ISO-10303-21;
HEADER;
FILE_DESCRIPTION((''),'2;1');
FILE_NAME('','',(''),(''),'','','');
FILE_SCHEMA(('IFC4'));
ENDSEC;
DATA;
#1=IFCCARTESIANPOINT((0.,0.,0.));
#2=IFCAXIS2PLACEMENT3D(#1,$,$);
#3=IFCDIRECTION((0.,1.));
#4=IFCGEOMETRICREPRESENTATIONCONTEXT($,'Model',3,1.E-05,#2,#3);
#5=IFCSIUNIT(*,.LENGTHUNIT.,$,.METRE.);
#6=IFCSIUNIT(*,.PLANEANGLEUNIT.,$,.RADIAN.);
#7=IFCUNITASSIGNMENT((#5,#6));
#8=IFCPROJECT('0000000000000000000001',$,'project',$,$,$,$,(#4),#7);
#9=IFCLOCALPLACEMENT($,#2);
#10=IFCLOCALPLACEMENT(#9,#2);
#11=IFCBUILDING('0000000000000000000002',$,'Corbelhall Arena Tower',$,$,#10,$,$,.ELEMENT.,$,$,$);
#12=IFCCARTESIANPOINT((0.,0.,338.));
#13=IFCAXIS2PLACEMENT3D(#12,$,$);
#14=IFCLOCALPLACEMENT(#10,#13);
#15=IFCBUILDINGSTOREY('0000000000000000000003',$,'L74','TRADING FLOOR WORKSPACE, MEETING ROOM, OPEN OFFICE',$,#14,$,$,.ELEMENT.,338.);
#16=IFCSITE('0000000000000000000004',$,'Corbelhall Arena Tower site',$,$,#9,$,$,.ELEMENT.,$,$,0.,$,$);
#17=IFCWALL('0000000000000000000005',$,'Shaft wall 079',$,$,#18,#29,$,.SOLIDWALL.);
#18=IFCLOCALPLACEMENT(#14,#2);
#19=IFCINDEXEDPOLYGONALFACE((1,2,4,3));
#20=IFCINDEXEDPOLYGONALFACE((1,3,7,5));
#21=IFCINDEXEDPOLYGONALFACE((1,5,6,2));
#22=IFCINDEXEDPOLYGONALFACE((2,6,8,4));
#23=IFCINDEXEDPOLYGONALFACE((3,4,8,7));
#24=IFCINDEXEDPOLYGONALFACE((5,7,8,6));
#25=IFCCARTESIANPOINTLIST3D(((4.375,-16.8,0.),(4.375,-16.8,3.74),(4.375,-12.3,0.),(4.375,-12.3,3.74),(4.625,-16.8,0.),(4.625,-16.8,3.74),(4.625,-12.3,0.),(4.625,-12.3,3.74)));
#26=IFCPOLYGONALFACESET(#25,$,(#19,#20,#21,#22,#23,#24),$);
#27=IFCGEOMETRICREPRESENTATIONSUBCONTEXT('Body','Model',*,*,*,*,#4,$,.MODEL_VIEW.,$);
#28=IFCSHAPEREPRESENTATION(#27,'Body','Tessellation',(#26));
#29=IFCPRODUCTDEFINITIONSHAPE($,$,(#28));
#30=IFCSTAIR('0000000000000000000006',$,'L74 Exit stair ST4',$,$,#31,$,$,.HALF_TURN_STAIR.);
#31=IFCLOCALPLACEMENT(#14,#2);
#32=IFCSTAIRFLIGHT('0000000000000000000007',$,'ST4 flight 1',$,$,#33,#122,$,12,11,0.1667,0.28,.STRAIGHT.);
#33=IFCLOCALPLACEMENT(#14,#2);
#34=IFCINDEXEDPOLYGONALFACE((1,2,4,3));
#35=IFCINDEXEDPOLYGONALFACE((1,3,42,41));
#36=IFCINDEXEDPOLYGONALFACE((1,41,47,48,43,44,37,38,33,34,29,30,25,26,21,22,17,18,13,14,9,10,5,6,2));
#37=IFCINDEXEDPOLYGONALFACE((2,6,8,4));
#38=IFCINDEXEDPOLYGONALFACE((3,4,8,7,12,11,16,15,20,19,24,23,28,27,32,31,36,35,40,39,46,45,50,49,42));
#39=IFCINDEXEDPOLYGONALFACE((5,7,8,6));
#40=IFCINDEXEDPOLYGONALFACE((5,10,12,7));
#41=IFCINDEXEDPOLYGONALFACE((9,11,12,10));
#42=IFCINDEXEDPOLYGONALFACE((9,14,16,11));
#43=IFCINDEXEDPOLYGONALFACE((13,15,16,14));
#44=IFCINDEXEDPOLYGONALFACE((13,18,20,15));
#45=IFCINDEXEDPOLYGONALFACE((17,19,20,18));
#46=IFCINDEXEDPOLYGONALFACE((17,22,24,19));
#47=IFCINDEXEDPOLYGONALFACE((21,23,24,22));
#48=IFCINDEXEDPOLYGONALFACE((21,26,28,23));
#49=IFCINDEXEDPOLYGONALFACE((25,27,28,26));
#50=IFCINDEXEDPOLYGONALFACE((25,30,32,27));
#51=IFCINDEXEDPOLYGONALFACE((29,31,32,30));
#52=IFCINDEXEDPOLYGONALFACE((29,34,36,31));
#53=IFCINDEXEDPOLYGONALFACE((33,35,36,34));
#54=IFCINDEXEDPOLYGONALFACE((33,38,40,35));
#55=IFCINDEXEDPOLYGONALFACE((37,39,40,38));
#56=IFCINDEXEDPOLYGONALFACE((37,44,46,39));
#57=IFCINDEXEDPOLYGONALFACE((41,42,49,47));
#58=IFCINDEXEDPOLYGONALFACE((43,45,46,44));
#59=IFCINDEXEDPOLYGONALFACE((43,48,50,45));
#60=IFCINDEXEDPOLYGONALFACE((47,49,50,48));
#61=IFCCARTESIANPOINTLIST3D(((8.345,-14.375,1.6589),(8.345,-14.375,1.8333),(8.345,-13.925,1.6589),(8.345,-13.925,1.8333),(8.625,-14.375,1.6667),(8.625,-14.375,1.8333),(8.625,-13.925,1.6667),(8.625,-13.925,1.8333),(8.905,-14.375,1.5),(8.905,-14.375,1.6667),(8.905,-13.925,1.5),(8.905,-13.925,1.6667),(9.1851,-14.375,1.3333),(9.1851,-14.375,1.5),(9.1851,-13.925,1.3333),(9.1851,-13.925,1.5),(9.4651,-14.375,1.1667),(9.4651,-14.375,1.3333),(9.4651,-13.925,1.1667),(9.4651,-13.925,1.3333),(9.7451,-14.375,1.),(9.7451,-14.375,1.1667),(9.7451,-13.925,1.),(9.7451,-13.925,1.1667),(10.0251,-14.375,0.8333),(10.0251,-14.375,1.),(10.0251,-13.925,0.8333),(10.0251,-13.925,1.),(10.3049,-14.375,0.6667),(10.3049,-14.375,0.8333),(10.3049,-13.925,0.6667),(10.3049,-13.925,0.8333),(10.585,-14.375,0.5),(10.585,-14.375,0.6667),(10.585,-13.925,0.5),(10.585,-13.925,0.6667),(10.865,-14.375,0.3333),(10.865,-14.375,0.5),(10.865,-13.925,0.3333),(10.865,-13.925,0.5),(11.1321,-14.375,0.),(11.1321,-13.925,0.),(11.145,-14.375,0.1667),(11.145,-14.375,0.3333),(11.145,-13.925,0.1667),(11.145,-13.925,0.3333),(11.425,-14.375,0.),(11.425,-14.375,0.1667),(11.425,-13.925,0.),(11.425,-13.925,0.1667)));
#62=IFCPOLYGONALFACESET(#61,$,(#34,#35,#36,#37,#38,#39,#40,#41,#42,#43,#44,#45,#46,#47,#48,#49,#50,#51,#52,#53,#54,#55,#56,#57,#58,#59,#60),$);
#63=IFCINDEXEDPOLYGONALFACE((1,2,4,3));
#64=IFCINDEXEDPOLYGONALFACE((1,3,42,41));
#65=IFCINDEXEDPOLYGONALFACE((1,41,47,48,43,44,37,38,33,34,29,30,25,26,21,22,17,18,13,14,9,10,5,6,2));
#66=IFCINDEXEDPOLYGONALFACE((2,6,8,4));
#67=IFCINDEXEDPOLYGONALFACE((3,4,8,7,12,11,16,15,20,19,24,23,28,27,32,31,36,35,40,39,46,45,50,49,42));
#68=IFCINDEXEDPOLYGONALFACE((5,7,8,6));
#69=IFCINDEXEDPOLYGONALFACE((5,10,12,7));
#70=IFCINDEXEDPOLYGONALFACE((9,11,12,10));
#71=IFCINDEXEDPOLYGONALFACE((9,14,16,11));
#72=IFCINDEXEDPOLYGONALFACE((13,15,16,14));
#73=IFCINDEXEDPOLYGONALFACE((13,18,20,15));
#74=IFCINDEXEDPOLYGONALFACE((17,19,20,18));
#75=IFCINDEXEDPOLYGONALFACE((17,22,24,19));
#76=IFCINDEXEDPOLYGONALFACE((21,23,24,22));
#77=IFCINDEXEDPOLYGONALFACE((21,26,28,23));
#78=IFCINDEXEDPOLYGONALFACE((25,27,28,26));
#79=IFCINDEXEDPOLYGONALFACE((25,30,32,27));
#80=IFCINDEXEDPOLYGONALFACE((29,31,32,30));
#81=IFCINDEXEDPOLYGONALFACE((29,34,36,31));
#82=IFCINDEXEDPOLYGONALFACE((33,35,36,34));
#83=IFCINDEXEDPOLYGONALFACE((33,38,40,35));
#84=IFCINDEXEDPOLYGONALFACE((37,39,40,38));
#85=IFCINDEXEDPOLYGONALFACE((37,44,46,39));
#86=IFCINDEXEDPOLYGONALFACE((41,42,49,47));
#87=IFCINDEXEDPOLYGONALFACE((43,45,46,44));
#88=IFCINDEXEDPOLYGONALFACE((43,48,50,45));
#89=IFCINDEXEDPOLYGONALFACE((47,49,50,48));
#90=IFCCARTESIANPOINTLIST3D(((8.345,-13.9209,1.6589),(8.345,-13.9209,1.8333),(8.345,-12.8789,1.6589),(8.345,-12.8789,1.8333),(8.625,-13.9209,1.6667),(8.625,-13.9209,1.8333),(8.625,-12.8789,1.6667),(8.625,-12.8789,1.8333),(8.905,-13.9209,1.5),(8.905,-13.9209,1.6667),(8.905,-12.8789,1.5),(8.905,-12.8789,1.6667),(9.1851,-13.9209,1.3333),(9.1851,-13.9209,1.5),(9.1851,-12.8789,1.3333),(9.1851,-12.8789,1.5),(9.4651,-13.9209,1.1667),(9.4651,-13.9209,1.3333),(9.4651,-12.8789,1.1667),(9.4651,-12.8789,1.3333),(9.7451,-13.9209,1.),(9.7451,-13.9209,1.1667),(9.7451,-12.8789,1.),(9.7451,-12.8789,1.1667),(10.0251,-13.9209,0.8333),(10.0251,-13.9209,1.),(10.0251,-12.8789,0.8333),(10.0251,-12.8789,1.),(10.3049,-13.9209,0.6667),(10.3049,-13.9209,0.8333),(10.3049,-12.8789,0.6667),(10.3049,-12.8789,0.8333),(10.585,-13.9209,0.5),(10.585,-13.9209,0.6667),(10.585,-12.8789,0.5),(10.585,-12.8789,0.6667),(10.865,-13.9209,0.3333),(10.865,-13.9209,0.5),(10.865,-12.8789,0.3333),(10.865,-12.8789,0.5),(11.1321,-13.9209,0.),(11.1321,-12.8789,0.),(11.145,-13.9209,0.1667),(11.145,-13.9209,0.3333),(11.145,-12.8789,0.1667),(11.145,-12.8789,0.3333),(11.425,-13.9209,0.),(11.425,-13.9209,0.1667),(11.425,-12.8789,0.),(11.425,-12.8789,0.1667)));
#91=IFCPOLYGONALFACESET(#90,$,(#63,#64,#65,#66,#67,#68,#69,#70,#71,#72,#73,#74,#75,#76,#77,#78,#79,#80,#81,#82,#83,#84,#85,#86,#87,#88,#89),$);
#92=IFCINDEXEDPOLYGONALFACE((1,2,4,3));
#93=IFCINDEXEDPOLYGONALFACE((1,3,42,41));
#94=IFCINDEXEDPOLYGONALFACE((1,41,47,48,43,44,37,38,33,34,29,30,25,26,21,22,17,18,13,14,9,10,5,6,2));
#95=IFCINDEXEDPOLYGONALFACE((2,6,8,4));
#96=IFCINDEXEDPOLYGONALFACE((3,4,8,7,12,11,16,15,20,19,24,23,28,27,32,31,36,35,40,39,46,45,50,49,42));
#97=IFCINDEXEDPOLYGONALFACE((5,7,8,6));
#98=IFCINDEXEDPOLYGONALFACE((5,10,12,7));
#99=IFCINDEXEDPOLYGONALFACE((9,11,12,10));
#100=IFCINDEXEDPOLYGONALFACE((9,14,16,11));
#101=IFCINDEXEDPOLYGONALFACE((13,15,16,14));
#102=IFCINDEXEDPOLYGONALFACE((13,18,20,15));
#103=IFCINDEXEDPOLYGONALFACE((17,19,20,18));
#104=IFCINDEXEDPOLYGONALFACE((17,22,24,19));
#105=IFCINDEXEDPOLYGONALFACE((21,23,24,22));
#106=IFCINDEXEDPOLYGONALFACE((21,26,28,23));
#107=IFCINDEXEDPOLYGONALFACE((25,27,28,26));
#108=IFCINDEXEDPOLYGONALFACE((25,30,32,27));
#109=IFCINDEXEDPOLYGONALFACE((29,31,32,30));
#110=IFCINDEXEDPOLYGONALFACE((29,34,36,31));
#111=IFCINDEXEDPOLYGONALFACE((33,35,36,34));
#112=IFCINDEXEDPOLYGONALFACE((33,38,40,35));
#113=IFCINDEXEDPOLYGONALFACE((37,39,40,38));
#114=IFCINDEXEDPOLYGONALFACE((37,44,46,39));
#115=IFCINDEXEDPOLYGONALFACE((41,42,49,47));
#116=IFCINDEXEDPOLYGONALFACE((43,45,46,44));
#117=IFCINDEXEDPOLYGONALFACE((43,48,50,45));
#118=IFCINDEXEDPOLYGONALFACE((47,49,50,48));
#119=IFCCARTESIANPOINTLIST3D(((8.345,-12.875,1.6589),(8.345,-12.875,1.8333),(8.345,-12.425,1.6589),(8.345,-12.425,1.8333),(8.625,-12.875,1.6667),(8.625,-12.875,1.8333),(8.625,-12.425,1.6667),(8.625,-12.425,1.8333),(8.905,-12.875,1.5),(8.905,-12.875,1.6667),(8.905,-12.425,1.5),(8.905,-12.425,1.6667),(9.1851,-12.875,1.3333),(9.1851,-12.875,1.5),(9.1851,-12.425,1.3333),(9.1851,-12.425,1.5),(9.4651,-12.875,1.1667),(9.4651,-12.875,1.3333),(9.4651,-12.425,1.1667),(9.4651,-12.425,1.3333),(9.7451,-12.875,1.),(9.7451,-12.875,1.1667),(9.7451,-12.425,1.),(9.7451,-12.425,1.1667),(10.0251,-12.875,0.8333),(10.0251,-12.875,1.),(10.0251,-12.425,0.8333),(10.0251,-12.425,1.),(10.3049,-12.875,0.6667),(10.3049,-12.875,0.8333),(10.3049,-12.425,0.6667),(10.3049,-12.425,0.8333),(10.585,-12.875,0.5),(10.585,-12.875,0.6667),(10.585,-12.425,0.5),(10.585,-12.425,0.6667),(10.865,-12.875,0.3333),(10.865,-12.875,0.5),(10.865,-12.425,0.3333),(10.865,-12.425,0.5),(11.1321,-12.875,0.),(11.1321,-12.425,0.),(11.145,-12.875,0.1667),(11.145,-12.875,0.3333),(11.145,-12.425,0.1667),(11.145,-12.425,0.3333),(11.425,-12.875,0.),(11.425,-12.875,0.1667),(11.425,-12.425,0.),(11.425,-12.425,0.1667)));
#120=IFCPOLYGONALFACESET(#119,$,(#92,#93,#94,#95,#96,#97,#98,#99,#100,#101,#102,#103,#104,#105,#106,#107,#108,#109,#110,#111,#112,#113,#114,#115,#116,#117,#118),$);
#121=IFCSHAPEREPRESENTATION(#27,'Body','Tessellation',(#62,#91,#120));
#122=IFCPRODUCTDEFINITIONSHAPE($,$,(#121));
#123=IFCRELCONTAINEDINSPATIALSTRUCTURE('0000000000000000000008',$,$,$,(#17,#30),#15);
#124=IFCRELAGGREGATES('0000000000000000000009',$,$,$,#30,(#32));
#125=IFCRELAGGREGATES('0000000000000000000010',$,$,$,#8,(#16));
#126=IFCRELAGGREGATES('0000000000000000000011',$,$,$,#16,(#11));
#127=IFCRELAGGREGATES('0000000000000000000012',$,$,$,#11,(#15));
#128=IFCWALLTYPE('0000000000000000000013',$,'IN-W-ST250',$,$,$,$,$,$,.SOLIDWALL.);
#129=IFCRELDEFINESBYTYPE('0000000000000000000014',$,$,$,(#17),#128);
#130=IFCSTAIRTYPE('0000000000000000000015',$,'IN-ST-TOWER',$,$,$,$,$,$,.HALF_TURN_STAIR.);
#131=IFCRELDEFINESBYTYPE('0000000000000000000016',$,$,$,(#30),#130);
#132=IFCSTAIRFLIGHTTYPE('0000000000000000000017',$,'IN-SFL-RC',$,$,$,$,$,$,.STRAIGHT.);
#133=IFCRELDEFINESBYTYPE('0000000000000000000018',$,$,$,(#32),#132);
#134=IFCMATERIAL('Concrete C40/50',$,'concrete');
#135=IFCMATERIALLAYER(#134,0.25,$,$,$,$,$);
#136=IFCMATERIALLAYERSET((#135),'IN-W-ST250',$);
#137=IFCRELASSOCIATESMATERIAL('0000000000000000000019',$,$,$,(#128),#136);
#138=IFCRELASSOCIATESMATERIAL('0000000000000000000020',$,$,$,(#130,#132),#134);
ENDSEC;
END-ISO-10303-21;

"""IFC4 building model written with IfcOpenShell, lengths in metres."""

from ifc_helpers import new_model, si_unit, direction, frame, frame_2d, origin, place, context, subcontext, project, spatial, polyline, rectangle, outline, extrude, material, layer, layer_set, type_object, element, aggregate, save


model = new_model("IFC4")

# Units and contexts
model_context = context("Model", 3, precision=1e-05, world=origin(), true_north=direction((0.0, 1.0)))
body_context = subcontext(model_context, "Body", "Model", "MODEL_VIEW")
ifc_project = project(units=[si_unit("LENGTHUNIT", "METRE"), si_unit("PLANEANGLEUNIT", "RADIAN")], contexts=[model_context])

# Site, building, storey
site_placement = place(None, origin())
site = spatial("IfcSite", under=ifc_project, at=site_placement, Name="Corbelhall Arena Tower site", CompositionType="ELEMENT", RefElevation=0.0)
building_placement = place(site_placement, origin())
building = spatial("IfcBuilding", under=site, at=building_placement, Name="Corbelhall Arena Tower", CompositionType="ELEMENT")
storey_placement = place(building_placement, frame((0.0, 0.0, 338.0)))
storey = spatial("IfcBuildingStorey", under=building, at=storey_placement, Name="L74", Description="TRADING FLOOR WORKSPACE, MEETING ROOM, OPEN OFFICE", CompositionType="ELEMENT", Elevation=338.0)

# Wall
ifc_material_1 = material(Name="Concrete C40/50", Category="concrete")
ifc_layer_1 = layer(ifc_material_1, 0.25)
ifc_layer_set_1 = layer_set([ifc_layer_1], Name="IN-W-ST250")
wall_type_1 = type_object("IfcWallType", Name="IN-W-ST250", PredefinedType="SOLIDWALL", material=ifc_layer_set_1)
wall_1_placement = place(storey_placement, frame((4.5, -16.8, 0.0), z_axis=(0.0, 0.0, 1.0), x_axis=(0.0, 1.0, 0.0)))
element("IfcWall", 1, at=wall_1_placement, inside=storey, type_object=wall_type_1, Name="Shaft wall 079", PredefinedType="SOLIDWALL", context=body_context, shape_type="SweptSolid", body=[
    extrude(rectangle(XDim=4.5, YDim=0.25, at=frame_2d((2.25, 0.0))), origin(), (0.0, 0.0, 1.0), 3.74),
])

# Stair, stair flight
stair_type = type_object("IfcStairType", Name="IN-ST-TOWER", PredefinedType="HALF_TURN_STAIR", material=ifc_material_1)
stair_placement = place(storey_placement, origin())
stair = element("IfcStair", 2, at=stair_placement, inside=storey, type_object=stair_type, Name="L74 Exit stair ST4", PredefinedType="HALF_TURN_STAIR")
stair_flight_type = type_object("IfcStairFlightType", Name="IN-SFL-RC", PredefinedType="STRAIGHT", material=ifc_material_1)
stair_flight_1_placement = place(storey_placement, frame((11.425, -13.3999, 0.0), z_axis=(0.0, 0.0, 1.0), x_axis=(-1.0, 0.0, 0.0)))
stair_flight_1 = element("IfcStairFlight", 3, at=stair_flight_1_placement, type_object=stair_flight_type, Name="ST4 flight 1", NumberOfRisers=12, NumberOfTreads=11, PredefinedType="STRAIGHT", RiserHeight=0.1667, TreadLength=0.28, context=body_context, shape_type="SweptSolid", body=[
    extrude(outline(polyline([(0.0, 0.0), (0.0, 0.1667), (0.28, 0.1667), (0.28, 0.3333), (0.5601, 0.3333), (0.5601, 0.5), (0.8401, 0.5), (0.8401, 0.6667), (1.1201, 0.6667), (1.1201, 0.8333), (1.3999, 0.8333), (1.3999, 1.0), (1.6799, 1.0), (1.6799, 1.1667), (1.96, 1.1667), (1.96, 1.3333), (2.24, 1.3333), (2.24, 1.5), (2.52, 1.5), (2.52, 1.6667), (2.8, 1.6667), (2.8, 1.8333), (3.0801, 1.8333), (3.0801, 2.0), (3.0801, 1.6589), (0.293, 0.0), (0.0, 0.0)])), frame((0.0, 0.9751, 0.0), z_axis=(0.0, -1.0, 0.0), x_axis=(1.0, 0.0, 0.0)), (0.0, 0.0, 1.0), 0.45),
    extrude(outline(polyline([(0.0, 0.0), (0.0, 0.1667), (0.28, 0.1667), (0.28, 0.3333), (0.5601, 0.3333), (0.5601, 0.5), (0.8401, 0.5), (0.8401, 0.6667), (1.1201, 0.6667), (1.1201, 0.8333), (1.3999, 0.8333), (1.3999, 1.0), (1.6799, 1.0), (1.6799, 1.1667), (1.96, 1.1667), (1.96, 1.3333), (2.24, 1.3333), (2.24, 1.5), (2.52, 1.5), (2.52, 1.6667), (2.8, 1.6667), (2.8, 1.8333), (3.0801, 1.8333), (3.0801, 2.0), (3.0801, 1.6589), (0.293, 0.0), (0.0, 0.0)])), frame((0.0, 0.521, 0.0), z_axis=(0.0, -1.0, 0.0), x_axis=(1.0, 0.0, 0.0)), (0.0, 0.0, 1.0), 1.042),
    extrude(outline(polyline([(0.0, 0.0), (0.0, 0.1667), (0.28, 0.1667), (0.28, 0.3333), (0.5601, 0.3333), (0.5601, 0.5), (0.8401, 0.5), (0.8401, 0.6667), (1.1201, 0.6667), (1.1201, 0.8333), (1.3999, 0.8333), (1.3999, 1.0), (1.6799, 1.0), (1.6799, 1.1667), (1.96, 1.1667), (1.96, 1.3333), (2.24, 1.3333), (2.24, 1.5), (2.52, 1.5), (2.52, 1.6667), (2.8, 1.6667), (2.8, 1.8333), (3.0801, 1.8333), (3.0801, 2.0), (3.0801, 1.6589), (0.293, 0.0), (0.0, 0.0)])), frame((0.0, -0.5249, 0.0), z_axis=(0.0, -1.0, 0.0), x_axis=(1.0, 0.0, 0.0)), (0.0, 0.0, 1.0), 0.45),
])
aggregate(stair, [stair_flight_1])

save(model, "model.ifc")
